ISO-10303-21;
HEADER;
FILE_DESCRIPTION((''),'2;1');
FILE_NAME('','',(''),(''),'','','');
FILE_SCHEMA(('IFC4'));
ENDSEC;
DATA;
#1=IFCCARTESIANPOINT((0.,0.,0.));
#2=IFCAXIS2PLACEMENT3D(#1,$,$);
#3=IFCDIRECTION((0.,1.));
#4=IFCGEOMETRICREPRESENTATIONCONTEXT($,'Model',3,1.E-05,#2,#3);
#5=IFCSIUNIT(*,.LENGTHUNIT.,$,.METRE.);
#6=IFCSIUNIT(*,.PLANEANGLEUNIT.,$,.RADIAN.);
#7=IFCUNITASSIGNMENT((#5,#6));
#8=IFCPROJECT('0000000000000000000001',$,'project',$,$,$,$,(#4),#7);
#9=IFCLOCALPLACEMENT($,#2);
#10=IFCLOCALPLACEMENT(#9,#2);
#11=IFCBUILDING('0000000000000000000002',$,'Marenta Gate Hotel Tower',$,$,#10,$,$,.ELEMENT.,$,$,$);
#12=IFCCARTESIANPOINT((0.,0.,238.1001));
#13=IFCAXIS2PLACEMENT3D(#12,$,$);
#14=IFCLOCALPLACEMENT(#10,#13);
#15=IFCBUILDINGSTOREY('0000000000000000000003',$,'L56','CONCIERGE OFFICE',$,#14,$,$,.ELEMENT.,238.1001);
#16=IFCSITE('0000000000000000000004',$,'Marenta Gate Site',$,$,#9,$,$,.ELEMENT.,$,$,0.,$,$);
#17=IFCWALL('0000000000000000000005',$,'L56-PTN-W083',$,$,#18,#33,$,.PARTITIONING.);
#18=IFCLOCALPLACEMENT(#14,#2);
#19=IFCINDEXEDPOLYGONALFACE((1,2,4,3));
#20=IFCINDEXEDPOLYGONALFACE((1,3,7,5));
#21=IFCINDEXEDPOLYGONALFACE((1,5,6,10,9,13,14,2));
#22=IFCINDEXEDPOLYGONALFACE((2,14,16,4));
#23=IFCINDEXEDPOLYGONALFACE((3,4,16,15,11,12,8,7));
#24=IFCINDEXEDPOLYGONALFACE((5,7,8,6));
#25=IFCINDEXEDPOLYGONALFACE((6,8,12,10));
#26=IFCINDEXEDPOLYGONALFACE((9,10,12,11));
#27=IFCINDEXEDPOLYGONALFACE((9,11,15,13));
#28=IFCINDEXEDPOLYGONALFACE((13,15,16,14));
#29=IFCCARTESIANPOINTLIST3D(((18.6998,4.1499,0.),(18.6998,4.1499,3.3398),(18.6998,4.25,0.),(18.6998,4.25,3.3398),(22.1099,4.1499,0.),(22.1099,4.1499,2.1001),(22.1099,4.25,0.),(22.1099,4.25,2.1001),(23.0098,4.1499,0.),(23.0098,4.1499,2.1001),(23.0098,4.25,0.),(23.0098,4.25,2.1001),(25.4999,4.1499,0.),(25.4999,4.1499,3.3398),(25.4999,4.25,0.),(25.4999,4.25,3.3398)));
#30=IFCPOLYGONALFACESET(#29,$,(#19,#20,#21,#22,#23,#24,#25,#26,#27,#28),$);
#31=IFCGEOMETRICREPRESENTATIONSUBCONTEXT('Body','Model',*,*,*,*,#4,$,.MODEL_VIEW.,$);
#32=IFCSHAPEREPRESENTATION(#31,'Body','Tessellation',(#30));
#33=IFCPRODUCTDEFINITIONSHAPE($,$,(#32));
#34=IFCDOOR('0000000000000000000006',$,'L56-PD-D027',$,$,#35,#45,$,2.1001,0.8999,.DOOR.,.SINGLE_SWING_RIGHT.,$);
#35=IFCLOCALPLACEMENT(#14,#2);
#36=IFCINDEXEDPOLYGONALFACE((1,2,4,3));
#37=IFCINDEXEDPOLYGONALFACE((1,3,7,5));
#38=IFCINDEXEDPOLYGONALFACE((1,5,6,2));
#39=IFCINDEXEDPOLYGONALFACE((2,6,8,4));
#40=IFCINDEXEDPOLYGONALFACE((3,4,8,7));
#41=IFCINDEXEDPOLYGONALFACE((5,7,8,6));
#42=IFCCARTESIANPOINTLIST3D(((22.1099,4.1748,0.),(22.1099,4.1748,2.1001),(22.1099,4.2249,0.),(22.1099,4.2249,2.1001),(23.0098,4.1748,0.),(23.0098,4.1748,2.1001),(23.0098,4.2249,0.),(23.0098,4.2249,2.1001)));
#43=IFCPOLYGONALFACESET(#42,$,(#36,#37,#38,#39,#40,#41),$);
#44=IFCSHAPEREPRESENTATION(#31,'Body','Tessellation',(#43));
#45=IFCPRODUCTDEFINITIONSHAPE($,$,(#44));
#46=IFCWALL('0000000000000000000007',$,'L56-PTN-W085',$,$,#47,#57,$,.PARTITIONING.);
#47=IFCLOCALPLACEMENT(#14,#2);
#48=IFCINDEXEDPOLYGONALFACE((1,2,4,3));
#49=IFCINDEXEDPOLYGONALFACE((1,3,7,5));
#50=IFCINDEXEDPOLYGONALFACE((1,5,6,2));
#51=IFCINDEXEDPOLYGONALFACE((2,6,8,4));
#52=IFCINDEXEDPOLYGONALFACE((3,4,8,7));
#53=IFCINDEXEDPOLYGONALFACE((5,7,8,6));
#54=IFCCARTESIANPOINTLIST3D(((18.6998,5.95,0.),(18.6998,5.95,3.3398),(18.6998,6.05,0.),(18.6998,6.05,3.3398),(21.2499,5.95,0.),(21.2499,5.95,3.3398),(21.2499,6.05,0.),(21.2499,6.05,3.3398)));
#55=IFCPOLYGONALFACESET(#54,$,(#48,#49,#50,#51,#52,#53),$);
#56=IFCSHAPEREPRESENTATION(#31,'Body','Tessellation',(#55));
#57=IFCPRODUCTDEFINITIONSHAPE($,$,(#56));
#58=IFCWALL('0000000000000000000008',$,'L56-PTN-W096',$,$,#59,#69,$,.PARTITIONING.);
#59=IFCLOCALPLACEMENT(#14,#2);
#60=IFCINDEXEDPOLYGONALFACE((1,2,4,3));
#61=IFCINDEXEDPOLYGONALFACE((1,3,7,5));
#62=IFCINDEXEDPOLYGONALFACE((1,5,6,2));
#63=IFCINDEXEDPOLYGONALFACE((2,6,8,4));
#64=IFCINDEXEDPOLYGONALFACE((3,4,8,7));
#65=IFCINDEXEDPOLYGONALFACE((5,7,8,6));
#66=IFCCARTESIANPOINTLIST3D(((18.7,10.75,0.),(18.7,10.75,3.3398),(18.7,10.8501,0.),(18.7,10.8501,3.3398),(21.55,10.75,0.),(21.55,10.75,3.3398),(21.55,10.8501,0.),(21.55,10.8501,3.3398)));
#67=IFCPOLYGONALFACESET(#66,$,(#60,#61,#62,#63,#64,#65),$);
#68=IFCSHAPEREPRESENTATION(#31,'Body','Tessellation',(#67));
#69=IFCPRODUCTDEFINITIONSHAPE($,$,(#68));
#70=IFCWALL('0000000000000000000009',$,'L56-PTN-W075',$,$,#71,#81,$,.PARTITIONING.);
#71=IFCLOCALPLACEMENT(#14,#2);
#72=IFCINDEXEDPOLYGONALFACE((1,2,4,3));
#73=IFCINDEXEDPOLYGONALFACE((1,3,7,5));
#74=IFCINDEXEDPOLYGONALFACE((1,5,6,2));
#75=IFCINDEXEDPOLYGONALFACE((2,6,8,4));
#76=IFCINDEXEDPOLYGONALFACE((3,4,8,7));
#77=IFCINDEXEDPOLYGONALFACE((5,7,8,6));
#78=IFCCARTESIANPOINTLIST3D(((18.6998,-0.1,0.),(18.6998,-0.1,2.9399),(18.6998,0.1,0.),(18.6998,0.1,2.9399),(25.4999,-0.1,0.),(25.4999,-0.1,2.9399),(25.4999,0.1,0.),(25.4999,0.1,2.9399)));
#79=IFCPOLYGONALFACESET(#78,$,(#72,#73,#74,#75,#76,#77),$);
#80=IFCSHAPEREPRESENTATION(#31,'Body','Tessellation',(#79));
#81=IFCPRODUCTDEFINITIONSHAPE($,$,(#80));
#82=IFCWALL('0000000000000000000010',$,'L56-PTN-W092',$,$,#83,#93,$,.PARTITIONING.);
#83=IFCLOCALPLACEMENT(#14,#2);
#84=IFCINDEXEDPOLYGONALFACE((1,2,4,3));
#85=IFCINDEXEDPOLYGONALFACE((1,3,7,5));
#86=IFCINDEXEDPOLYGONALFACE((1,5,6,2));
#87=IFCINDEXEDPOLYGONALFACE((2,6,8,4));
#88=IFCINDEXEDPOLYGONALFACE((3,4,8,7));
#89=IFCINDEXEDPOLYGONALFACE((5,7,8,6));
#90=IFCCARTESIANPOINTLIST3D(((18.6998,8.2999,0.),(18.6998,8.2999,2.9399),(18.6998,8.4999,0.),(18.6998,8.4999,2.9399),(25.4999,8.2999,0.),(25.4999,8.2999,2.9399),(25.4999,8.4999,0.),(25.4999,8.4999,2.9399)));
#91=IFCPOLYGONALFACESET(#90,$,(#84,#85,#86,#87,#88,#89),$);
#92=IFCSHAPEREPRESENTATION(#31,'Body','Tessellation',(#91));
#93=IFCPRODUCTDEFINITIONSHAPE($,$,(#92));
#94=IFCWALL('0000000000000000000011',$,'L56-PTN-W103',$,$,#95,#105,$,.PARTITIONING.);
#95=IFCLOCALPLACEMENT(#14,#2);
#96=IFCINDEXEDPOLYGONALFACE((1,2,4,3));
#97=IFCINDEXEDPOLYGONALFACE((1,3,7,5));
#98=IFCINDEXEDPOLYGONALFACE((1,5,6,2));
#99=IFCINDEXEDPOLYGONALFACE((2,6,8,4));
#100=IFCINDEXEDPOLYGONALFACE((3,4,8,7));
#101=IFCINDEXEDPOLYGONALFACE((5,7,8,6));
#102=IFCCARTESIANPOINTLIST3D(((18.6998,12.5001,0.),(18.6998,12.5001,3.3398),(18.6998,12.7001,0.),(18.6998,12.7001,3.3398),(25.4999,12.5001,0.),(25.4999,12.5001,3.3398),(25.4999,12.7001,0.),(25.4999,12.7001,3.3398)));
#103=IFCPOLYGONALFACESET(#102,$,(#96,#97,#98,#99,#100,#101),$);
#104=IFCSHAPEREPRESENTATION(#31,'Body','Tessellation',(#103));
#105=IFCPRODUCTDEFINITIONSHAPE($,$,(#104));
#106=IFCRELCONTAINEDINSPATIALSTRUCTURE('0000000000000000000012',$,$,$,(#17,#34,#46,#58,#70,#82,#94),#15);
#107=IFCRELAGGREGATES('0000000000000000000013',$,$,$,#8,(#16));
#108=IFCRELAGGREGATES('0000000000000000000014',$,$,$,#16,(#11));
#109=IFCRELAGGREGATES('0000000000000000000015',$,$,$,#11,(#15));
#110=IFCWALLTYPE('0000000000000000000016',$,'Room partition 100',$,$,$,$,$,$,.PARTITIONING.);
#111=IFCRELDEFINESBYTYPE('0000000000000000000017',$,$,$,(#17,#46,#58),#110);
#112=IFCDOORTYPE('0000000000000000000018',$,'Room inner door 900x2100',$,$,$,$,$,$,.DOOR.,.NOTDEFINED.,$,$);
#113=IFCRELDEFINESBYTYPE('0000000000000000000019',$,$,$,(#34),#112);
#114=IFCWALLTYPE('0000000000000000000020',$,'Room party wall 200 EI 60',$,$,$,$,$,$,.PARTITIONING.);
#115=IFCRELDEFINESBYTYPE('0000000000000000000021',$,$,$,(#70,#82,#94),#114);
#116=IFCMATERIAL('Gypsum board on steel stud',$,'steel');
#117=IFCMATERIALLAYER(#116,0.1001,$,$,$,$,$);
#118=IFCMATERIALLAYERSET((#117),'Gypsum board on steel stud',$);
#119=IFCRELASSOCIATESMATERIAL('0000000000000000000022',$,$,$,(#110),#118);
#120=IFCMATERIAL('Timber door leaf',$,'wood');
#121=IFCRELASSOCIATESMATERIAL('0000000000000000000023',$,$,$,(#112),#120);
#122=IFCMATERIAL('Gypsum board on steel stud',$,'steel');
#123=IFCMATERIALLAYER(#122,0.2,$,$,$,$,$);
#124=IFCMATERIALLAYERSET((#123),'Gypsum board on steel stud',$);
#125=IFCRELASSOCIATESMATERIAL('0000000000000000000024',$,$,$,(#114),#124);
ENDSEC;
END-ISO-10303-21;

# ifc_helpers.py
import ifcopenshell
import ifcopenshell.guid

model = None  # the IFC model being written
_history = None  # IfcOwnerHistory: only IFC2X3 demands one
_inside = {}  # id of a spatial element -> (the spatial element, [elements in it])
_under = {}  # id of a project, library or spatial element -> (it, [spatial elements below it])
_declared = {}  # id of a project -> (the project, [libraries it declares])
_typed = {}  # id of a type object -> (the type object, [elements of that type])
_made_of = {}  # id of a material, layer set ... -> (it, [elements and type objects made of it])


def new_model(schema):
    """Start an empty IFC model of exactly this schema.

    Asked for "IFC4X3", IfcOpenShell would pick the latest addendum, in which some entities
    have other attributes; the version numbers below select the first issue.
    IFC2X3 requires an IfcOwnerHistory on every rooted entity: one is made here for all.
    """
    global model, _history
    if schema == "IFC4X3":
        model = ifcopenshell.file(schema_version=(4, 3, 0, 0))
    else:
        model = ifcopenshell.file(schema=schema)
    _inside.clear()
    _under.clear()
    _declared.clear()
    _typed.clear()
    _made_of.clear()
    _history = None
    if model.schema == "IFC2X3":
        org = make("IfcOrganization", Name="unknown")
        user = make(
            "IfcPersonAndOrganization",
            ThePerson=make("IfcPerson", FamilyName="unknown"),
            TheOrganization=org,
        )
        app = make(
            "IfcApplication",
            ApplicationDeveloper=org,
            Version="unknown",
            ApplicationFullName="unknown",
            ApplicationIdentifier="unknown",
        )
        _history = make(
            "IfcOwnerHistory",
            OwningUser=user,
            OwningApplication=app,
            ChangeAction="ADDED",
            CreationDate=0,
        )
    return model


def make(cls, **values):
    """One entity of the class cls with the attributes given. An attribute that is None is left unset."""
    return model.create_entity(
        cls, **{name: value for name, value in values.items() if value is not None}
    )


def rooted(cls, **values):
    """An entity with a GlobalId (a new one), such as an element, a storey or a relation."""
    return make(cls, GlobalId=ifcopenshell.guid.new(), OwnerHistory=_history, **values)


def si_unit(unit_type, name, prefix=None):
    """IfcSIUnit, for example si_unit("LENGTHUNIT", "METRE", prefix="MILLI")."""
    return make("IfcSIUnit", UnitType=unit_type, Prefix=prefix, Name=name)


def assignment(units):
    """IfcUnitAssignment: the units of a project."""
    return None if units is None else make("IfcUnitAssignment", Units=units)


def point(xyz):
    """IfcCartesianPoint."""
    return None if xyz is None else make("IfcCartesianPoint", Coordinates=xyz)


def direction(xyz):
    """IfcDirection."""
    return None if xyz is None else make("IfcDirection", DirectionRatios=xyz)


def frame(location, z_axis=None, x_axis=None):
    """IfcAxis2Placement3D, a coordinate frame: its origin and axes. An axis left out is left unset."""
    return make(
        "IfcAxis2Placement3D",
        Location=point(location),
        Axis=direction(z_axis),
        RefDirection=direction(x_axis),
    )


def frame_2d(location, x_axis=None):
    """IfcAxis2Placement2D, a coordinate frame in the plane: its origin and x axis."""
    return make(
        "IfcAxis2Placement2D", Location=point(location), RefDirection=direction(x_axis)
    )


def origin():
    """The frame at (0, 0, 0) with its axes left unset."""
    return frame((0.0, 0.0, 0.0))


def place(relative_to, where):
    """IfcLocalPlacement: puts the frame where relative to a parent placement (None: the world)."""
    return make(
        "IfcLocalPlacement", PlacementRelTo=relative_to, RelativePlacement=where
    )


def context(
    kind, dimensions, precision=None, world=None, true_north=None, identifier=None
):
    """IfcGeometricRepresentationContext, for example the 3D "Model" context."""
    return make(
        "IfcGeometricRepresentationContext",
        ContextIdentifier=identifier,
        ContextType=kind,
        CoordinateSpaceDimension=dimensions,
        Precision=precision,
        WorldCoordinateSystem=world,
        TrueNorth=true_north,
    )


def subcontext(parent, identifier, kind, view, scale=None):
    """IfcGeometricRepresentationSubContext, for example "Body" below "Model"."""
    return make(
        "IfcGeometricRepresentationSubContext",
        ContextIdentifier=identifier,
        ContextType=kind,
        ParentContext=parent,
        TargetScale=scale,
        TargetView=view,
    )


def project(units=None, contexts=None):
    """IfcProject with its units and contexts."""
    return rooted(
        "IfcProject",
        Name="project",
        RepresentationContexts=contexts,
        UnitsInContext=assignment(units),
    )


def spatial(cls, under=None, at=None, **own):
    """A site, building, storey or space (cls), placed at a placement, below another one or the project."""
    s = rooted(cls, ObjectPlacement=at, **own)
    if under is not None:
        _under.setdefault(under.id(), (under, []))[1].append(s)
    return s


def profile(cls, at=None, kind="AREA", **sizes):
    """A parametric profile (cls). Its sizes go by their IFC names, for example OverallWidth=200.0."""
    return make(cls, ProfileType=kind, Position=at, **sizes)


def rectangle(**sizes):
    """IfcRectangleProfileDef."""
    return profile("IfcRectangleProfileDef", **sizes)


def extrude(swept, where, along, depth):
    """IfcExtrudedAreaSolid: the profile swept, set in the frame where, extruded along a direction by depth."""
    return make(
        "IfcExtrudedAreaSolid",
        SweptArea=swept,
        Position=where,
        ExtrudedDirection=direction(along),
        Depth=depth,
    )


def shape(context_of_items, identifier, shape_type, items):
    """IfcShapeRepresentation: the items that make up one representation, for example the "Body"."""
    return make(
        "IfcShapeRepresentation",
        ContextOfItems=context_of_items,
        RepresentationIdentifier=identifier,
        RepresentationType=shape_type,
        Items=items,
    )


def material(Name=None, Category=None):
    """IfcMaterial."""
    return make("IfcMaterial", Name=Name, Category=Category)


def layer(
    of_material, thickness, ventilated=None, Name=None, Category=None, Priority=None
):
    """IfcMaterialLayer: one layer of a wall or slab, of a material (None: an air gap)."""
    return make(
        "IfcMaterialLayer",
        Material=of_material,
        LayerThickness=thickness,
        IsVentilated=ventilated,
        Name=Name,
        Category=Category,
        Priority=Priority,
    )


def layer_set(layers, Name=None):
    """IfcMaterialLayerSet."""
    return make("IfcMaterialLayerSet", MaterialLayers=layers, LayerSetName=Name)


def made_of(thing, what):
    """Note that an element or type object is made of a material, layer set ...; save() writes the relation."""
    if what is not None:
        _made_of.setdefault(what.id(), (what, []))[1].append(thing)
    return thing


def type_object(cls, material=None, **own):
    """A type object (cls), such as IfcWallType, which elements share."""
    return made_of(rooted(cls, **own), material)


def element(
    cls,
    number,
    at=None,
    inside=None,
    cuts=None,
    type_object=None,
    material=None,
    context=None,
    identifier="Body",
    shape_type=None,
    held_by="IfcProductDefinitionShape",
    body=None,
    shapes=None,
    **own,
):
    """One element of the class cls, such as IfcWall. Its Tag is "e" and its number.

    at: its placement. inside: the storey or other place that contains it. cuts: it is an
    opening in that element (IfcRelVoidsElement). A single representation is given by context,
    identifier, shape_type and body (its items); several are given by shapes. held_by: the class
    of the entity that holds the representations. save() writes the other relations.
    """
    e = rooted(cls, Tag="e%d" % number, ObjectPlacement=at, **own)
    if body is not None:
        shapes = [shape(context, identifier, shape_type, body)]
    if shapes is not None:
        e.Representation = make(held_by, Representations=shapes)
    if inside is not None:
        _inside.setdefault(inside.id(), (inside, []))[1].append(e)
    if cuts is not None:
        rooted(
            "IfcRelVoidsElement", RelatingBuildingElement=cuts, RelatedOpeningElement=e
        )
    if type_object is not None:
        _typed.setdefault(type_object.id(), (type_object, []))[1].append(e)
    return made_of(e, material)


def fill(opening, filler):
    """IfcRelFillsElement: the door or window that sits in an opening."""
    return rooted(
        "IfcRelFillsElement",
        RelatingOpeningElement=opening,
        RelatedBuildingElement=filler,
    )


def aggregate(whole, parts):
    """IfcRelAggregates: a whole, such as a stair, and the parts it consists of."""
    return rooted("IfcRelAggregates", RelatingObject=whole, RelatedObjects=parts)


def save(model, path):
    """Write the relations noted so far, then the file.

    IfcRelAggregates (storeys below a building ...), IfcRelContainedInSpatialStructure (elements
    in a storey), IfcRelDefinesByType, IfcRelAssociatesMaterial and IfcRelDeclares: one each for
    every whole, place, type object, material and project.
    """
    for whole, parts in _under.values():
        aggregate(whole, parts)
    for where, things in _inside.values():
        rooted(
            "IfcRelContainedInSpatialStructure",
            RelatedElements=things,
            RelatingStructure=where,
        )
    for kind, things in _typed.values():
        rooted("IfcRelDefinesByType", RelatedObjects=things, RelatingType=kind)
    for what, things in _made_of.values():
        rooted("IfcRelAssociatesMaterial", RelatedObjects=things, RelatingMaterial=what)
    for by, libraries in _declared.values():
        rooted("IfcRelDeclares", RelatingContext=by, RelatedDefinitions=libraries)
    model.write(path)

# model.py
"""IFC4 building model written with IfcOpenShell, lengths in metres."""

from ifc_helpers import new_model, si_unit, direction, frame, frame_2d, origin, place, context, subcontext, project, spatial, rectangle, extrude, material, layer, layer_set, type_object, element, fill, save


model = new_model("IFC4")

# Units and contexts
model_context = context("Model", 3, precision=1e-05, world=origin(), true_north=direction((0.0, 1.0)))
body_context = subcontext(model_context, "Body", "Model", "MODEL_VIEW")
ifc_project = project(units=[si_unit("LENGTHUNIT", "METRE"), si_unit("PLANEANGLEUNIT", "RADIAN")], contexts=[model_context])

# Site, building, storey
site_placement = place(None, origin())
site = spatial("IfcSite", under=ifc_project, at=site_placement, Name="Marenta Gate Site", CompositionType="ELEMENT", RefElevation=0.0)
building_placement = place(site_placement, origin())
building = spatial("IfcBuilding", under=site, at=building_placement, Name="Marenta Gate Hotel Tower", CompositionType="ELEMENT")
storey_placement = place(building_placement, frame((0.0, 0.0, 238.1001)))
storey = spatial("IfcBuildingStorey", under=building, at=storey_placement, Name="L56", Description="CONCIERGE OFFICE", CompositionType="ELEMENT", Elevation=238.1001)

# Shared definitions
ifc_material_1 = material(Name="Gypsum board on steel stud", Category="steel")
ifc_layer_1 = layer(ifc_material_1, 0.1001)
ifc_layer_set_1 = layer_set([ifc_layer_1], Name="Gypsum board on steel stud")
wall_type_1 = type_object("IfcWallType", Name="Room partition 100", PredefinedType="PARTITIONING", material=ifc_layer_set_1)
ifc_material_2 = material(Name="Timber door leaf", Category="wood")
door_type_1 = type_object("IfcDoorType", Name="Room inner door 900x2100", OperationType="NOTDEFINED", PredefinedType="DOOR", material=ifc_material_2)

# Wall, opening, door
wall_1_placement = place(storey_placement, frame((18.7, 4.2, 0.0), z_axis=(0.0, 0.0, 1.0), x_axis=(1.0, 0.0, 0.0)))
wall_1 = element("IfcWall", 1, at=wall_1_placement, inside=storey, type_object=wall_type_1, Name="L56-PTN-W083", PredefinedType="PARTITIONING", context=body_context, shape_type="SweptSolid", body=[
    extrude(rectangle(XDim=6.8, YDim=0.1001, at=frame_2d((3.3999, 0.0))), origin(), (0.0, 0.0, 1.0), 3.3398),
])
opening_1_placement = place(wall_1_placement, frame((3.4099, 0.0, 0.0)))
opening_1 = element("IfcOpeningElement", 2, at=opening_1_placement, cuts=wall_1, PredefinedType="OPENING", context=body_context, shape_type="SweptSolid", body=[
    extrude(rectangle(XDim=0.8999, YDim=2.1001, at=frame_2d((0.45, 1.05))), frame((0.0, 0.05, 0.0), z_axis=(0.0, -1.0, 0.0), x_axis=(1.0, 0.0, 0.0)), (0.0, 0.0, 1.0), 0.1001),
])
door_1_placement = place(opening_1_placement, origin())
door_1 = element("IfcDoor", 3, at=door_1_placement, inside=storey, type_object=door_type_1, Name="L56-PD-D027", OperationType="SINGLE_SWING_RIGHT", OverallHeight=2.1001, OverallWidth=0.8999, PredefinedType="DOOR", context=body_context, shape_type="SweptSolid", body=[
    extrude(rectangle(XDim=0.8999, YDim=2.1001, at=frame_2d((0.45, 1.05))), frame((0.0, 0.0249, 0.0), z_axis=(0.0, -1.0, 0.0), x_axis=(1.0, 0.0, 0.0)), (0.0, 0.0, 1.0), 0.05),
])
fill(opening_1, door_1)

# Walls
wall_2_placement = place(storey_placement, frame((18.7, 6.0, 0.0), z_axis=(0.0, 0.0, 1.0), x_axis=(1.0, 0.0, 0.0)))
element("IfcWall", 4, at=wall_2_placement, inside=storey, type_object=wall_type_1, Name="L56-PTN-W085", PredefinedType="PARTITIONING", context=body_context, shape_type="SweptSolid", body=[
    extrude(rectangle(XDim=2.55, YDim=0.1001, at=frame_2d((1.2749, 0.0))), origin(), (0.0, 0.0, 1.0), 3.3398),
])
wall_3_placement = place(storey_placement, frame((18.7, 10.8, 0.0), z_axis=(0.0, 0.0, 1.0), x_axis=(1.0, 0.0, 0.0)))
element("IfcWall", 5, at=wall_3_placement, inside=storey, type_object=wall_type_1, Name="L56-PTN-W096", PredefinedType="PARTITIONING", context=body_context, shape_type="SweptSolid", body=[
    extrude(rectangle(XDim=2.8501, YDim=0.1001, at=frame_2d((1.425, 0.0))), origin(), (0.0, 0.0, 1.0), 3.3398),
])
ifc_material_3 = material(Name="Gypsum board on steel stud", Category="steel")
ifc_layer_2 = layer(ifc_material_3, 0.2)
ifc_layer_set_2 = layer_set([ifc_layer_2], Name="Gypsum board on steel stud")
wall_type_2 = type_object("IfcWallType", Name="Room party wall 200 EI 60", PredefinedType="PARTITIONING", material=ifc_layer_set_2)
for number, where, z_axis, x_axis, name in (
    (6, (18.7, 0.0, 0.0), (0.0, 0.0, 1.0), (1.0, 0.0, 0.0), "L56-PTN-W075"),
    (7, (18.7, 8.3999, 0.0), (0.0, 0.0, 1.0), (1.0, 0.0, 0.0), "L56-PTN-W092"),
):
    element("IfcWall", number, at=place(storey_placement, frame(where, z_axis=z_axis, x_axis=x_axis)), inside=storey, type_object=wall_type_2, Name=name, PredefinedType="PARTITIONING", context=body_context, shape_type="SweptSolid", body=[
        extrude(rectangle(XDim=6.8, YDim=0.2, at=frame_2d((3.3999, 0.0))), origin(), (0.0, 0.0, 1.0), 2.9399),
    ])
wall_4_placement = place(storey_placement, frame((18.7, 12.6001, 0.0), z_axis=(0.0, 0.0, 1.0), x_axis=(1.0, 0.0, 0.0)))
element("IfcWall", 8, at=wall_4_placement, inside=storey, type_object=wall_type_2, Name="L56-PTN-W103", PredefinedType="PARTITIONING", context=body_context, shape_type="SweptSolid", body=[
    extrude(rectangle(XDim=6.8, YDim=0.2, at=frame_2d((3.3999, 0.0))), origin(), (0.0, 0.0, 1.0), 3.3398),
])

save(model, "model.ifc")
